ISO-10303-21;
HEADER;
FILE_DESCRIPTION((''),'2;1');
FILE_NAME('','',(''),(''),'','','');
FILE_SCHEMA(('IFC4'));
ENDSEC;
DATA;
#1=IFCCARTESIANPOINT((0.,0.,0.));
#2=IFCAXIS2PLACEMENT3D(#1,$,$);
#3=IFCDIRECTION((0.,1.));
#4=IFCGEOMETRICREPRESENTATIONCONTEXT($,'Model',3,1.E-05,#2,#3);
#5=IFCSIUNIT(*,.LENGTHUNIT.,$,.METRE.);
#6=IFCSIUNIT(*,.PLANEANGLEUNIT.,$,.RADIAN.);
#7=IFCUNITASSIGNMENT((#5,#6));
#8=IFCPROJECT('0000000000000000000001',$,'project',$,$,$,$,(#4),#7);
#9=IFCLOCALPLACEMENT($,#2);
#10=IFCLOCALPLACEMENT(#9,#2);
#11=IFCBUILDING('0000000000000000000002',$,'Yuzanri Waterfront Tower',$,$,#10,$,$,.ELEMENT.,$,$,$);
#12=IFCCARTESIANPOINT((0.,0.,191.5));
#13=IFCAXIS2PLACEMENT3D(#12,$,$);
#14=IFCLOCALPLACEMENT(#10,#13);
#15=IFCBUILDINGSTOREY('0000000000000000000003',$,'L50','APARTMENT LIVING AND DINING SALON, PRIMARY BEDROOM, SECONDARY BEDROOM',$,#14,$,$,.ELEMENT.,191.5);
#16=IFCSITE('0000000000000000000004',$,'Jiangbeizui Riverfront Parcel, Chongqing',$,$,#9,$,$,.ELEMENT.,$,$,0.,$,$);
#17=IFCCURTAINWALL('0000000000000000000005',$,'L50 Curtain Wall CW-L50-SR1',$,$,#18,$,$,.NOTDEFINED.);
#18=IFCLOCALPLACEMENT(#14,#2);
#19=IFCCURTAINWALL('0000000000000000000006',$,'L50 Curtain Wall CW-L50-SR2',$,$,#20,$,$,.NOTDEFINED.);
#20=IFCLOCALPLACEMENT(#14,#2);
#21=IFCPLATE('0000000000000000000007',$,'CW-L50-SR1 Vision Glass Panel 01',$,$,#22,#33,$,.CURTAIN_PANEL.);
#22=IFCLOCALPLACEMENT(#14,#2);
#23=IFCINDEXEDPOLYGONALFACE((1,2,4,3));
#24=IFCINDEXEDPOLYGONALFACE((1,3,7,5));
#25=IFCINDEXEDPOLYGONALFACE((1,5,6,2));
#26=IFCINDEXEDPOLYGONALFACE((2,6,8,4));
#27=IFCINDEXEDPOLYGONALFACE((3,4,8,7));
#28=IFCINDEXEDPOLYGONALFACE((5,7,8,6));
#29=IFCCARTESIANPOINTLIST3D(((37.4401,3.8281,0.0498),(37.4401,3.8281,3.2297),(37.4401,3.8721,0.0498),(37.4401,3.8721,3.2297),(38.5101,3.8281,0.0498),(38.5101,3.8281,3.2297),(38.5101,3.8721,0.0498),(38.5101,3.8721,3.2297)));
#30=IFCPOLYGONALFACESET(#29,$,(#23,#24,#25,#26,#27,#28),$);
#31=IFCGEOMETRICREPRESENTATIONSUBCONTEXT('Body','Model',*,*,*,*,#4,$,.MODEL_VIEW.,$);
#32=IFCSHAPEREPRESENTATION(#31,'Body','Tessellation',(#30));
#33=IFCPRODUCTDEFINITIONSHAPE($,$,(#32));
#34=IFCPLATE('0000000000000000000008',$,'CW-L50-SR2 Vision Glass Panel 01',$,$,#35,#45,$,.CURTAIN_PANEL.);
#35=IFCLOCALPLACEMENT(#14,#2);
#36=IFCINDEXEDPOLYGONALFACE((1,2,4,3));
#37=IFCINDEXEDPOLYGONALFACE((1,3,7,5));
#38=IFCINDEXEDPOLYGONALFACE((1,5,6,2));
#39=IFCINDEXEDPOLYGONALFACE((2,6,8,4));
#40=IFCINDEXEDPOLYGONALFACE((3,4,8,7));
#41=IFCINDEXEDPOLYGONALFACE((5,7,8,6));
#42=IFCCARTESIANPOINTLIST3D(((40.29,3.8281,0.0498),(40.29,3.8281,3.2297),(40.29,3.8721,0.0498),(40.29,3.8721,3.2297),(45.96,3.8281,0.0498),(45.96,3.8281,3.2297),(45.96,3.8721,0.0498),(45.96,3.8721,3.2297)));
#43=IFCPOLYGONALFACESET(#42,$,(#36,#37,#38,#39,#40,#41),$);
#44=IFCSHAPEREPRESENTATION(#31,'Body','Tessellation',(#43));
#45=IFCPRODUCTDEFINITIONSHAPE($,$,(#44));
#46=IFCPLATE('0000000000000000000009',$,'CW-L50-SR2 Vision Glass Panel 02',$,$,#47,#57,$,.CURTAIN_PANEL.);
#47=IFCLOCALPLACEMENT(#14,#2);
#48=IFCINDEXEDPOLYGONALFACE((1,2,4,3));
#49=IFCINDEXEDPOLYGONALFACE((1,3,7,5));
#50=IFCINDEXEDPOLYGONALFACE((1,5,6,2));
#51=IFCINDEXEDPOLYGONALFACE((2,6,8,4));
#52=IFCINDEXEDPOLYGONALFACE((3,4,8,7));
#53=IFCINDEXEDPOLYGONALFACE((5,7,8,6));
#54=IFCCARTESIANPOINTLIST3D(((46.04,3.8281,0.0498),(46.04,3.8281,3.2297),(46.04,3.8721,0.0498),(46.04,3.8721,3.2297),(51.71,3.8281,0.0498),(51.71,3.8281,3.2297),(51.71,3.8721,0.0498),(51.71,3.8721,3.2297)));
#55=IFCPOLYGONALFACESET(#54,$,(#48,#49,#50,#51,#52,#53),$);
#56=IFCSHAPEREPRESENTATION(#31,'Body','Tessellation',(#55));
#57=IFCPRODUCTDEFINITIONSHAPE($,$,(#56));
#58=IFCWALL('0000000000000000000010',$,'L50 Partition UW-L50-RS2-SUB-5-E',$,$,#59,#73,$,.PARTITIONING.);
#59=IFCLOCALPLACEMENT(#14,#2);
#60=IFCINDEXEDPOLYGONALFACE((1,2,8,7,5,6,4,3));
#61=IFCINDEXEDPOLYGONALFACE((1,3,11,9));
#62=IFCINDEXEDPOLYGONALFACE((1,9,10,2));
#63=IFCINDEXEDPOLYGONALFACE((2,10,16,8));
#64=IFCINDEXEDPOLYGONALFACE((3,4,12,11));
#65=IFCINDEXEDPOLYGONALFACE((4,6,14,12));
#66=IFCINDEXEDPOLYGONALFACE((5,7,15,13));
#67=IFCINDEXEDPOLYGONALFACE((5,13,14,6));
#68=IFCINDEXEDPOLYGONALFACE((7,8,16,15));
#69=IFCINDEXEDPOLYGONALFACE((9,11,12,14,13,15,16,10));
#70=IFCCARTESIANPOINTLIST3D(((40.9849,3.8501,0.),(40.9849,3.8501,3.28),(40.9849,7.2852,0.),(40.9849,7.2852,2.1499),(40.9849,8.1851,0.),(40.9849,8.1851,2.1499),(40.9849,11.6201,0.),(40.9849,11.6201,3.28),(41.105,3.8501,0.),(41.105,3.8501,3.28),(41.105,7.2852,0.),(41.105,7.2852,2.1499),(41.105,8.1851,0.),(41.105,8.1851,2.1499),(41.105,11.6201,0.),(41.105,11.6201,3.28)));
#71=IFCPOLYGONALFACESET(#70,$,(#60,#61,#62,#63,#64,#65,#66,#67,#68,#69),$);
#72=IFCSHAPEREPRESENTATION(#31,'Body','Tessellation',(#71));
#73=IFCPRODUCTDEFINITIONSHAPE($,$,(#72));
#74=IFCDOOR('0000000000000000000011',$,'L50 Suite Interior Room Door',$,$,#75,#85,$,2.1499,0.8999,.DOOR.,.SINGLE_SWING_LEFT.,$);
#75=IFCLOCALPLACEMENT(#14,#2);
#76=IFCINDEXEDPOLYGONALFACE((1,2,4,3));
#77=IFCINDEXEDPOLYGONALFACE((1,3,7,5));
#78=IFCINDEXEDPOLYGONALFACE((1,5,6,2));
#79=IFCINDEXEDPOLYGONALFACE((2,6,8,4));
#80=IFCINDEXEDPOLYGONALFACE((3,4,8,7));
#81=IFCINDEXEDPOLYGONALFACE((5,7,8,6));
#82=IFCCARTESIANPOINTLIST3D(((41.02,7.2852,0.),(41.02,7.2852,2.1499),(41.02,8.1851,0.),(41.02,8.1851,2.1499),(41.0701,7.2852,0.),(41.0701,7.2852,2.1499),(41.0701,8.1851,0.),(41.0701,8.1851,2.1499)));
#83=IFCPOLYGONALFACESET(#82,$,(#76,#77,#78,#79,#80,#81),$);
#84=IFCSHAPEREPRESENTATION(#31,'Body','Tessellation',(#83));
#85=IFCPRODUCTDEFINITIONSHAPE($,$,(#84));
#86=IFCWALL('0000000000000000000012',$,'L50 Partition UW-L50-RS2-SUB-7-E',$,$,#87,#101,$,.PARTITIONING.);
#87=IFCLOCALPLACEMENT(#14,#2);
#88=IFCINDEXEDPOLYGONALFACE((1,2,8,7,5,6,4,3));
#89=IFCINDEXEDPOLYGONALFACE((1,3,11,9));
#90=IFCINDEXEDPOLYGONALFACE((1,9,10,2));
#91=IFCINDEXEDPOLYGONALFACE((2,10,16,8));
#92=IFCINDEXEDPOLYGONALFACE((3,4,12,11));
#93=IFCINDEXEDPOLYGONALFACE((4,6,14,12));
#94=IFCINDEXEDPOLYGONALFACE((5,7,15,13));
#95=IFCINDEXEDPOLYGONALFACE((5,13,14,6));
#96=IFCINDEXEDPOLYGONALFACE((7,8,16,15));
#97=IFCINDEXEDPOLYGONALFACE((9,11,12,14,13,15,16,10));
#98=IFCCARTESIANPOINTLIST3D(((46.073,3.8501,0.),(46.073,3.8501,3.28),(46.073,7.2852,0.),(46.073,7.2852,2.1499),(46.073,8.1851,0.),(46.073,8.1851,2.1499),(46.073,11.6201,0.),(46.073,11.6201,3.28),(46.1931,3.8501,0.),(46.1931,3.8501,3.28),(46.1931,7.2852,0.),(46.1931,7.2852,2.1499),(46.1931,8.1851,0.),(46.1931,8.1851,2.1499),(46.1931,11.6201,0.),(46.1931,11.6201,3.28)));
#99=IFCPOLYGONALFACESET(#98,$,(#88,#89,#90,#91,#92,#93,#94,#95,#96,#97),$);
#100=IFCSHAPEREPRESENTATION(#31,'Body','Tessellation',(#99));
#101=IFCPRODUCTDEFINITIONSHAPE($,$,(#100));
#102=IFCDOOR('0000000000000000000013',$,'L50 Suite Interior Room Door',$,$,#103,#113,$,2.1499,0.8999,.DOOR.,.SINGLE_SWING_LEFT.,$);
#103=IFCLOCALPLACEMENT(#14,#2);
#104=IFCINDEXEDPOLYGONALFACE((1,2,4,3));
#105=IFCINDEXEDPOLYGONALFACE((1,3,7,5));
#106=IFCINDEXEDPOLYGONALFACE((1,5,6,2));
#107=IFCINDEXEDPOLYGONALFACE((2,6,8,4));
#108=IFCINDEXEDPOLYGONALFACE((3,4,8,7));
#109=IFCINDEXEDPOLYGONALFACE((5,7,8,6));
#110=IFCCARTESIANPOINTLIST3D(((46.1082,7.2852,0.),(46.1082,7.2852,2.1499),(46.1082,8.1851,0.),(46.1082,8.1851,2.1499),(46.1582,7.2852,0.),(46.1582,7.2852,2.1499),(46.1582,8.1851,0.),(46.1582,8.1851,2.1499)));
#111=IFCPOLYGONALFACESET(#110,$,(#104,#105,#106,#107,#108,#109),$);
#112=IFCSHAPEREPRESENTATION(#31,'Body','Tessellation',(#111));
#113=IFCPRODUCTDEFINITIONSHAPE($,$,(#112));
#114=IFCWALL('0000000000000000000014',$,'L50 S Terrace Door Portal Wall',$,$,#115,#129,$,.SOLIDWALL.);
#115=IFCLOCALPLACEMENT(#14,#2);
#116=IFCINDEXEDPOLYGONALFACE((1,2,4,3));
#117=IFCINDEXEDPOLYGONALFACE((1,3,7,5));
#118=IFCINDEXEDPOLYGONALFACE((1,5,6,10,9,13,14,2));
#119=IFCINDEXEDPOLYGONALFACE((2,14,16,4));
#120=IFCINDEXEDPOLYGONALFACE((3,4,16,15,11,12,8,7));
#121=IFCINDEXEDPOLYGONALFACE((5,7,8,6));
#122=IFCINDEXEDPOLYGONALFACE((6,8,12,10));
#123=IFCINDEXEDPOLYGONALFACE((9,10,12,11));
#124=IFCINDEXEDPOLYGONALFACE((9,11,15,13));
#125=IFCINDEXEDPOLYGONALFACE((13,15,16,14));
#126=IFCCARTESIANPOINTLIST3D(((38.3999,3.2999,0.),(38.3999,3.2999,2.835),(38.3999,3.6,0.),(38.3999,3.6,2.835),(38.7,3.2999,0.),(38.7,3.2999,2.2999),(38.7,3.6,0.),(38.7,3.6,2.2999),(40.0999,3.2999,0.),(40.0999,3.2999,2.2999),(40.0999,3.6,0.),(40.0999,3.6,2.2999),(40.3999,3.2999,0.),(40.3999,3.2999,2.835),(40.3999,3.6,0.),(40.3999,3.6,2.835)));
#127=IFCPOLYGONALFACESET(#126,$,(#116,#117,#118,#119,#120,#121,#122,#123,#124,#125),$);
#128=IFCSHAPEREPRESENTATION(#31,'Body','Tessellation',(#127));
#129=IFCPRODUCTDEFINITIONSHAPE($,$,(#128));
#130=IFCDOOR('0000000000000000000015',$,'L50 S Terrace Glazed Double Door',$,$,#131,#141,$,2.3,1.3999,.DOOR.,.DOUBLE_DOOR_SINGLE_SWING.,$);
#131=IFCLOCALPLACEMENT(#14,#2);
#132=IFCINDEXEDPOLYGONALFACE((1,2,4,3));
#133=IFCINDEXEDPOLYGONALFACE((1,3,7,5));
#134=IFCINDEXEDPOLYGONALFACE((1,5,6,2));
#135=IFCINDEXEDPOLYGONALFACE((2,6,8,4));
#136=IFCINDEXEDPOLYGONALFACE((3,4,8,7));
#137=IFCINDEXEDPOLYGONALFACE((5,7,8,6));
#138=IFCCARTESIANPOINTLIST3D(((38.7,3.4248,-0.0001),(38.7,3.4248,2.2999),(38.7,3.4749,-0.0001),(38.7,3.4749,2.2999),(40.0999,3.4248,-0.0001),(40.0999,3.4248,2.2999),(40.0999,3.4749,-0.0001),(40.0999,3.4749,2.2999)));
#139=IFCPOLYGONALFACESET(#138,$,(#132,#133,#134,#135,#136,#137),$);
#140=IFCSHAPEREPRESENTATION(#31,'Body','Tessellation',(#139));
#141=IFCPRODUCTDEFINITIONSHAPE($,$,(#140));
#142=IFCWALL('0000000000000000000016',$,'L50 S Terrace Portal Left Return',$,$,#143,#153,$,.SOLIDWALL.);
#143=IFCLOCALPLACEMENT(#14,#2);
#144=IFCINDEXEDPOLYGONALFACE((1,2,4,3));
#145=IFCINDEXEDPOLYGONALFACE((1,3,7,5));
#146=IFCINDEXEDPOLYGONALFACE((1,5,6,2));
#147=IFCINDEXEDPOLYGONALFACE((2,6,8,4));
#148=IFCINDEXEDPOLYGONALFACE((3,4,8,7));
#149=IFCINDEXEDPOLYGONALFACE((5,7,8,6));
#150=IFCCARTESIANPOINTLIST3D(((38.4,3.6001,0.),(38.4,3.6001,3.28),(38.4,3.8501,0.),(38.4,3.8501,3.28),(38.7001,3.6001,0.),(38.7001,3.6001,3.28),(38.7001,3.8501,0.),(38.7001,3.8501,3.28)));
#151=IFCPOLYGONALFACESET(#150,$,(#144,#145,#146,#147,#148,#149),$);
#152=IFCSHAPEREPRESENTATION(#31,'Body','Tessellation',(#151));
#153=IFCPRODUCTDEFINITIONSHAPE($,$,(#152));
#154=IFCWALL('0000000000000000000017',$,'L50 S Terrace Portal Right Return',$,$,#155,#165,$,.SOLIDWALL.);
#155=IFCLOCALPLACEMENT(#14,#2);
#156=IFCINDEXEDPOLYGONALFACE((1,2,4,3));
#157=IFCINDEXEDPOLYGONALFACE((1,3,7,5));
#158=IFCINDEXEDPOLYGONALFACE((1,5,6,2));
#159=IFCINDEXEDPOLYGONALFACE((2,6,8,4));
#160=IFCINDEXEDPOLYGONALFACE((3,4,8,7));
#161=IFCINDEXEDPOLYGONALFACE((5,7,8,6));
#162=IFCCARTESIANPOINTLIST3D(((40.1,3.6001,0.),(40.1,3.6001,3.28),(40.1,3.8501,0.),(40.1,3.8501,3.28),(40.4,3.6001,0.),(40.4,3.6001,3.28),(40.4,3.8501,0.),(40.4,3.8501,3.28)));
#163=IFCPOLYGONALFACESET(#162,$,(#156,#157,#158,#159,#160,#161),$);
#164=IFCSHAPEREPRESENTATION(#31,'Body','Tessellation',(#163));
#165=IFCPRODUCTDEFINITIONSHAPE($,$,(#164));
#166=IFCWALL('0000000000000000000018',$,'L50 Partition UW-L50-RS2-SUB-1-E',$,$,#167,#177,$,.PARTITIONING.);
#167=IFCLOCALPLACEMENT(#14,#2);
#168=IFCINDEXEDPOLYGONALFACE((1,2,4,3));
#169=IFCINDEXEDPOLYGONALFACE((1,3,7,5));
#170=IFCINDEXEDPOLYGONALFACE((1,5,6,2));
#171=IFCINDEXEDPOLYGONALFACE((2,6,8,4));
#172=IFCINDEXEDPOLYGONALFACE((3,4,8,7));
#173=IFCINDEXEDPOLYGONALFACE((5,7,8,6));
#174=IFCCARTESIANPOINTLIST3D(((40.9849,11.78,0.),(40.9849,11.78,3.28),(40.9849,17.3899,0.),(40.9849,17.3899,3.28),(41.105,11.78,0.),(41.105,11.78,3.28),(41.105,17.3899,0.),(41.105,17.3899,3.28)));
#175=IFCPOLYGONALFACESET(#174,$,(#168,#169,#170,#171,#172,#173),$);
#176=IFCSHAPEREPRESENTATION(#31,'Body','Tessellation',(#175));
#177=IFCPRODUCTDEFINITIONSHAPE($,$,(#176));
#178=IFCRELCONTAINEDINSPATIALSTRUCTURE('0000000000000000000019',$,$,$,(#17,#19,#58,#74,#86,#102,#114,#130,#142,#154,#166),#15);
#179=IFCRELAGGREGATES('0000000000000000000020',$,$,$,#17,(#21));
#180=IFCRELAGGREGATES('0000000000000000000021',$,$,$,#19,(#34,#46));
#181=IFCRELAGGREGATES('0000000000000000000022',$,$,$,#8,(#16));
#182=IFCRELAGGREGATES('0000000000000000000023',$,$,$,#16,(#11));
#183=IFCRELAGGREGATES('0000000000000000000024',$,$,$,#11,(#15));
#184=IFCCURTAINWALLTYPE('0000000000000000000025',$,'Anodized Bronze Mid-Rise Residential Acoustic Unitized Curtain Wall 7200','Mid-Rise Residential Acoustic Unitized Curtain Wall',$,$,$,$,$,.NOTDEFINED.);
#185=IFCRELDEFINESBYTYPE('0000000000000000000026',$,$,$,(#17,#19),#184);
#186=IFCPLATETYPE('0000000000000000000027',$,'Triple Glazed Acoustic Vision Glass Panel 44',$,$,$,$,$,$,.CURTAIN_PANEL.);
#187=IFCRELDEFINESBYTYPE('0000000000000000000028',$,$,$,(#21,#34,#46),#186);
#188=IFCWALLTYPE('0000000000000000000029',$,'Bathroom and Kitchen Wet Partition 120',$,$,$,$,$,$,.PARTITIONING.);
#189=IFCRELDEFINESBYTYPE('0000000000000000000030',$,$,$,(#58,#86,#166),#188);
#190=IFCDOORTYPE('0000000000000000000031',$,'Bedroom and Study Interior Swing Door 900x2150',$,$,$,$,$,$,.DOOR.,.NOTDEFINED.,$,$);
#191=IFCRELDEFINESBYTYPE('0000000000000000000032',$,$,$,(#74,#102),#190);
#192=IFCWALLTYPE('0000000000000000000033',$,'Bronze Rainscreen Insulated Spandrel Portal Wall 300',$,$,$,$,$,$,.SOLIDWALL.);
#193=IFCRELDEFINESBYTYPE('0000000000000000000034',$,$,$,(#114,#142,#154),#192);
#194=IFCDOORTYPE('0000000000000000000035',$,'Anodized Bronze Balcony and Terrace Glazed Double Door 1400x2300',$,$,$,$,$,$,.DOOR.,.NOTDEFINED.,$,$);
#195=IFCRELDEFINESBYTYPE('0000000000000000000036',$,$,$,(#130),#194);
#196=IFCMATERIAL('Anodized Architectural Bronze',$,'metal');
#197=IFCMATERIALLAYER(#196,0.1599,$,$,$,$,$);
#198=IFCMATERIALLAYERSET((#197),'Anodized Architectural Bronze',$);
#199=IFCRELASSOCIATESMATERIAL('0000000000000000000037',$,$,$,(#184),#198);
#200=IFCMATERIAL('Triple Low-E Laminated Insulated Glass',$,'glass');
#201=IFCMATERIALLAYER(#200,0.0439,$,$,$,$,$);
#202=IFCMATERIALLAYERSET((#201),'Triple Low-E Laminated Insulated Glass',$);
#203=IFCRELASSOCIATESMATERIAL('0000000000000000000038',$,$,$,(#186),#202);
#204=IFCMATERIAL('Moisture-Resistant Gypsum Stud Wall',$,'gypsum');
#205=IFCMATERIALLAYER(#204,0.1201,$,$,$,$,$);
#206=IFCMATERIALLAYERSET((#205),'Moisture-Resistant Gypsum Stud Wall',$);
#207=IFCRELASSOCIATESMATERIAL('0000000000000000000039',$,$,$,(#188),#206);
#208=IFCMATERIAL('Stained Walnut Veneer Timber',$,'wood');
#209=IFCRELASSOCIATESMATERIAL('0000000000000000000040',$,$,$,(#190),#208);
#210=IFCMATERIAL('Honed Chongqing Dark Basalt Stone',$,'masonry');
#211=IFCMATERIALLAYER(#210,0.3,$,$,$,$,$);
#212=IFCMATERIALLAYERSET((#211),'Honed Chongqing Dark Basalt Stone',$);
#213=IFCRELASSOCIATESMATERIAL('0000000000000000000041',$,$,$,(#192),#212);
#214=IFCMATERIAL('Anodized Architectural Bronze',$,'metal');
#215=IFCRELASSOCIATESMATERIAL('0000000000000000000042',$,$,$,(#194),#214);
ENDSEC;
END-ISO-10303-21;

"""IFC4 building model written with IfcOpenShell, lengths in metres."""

from ifc_helpers import new_model, si_unit, direction, frame, frame_2d, origin, origin_2d, place, context, subcontext, project, spatial, rectangle, extrude, source, transform, mapped, material, layer, layer_set, type_object, element, fill, aggregate, save


model = new_model("IFC4")

# Units and contexts
model_context = context("Model", 3, precision=1e-05, world=origin(), true_north=direction((0.0, 1.0)))
body_context = subcontext(model_context, "Body", "Model", "MODEL_VIEW")
ifc_project = project(units=[si_unit("LENGTHUNIT", "METRE"), si_unit("PLANEANGLEUNIT", "RADIAN")], contexts=[model_context])

# Site, building, storey
site_placement = place(None, origin())
site = spatial("IfcSite", under=ifc_project, at=site_placement, Name="Jiangbeizui Riverfront Parcel, Chongqing", CompositionType="ELEMENT", RefElevation=0.0)
building_placement = place(site_placement, origin())
building = spatial("IfcBuilding", under=site, at=building_placement, Name="Yuzanri Waterfront Tower", CompositionType="ELEMENT")
storey_placement = place(building_placement, frame((0.0, 0.0, 191.5)))
storey = spatial("IfcBuildingStorey", under=building, at=storey_placement, Name="L50", Description="APARTMENT LIVING AND DINING SALON, PRIMARY BEDROOM, SECONDARY BEDROOM", CompositionType="ELEMENT", Elevation=191.5)

# Curtain walls
ifc_material_1 = material(Name="Anodized Architectural Bronze", Category="metal")
ifc_layer_1 = layer(ifc_material_1, 0.1599)
ifc_layer_set_1 = layer_set([ifc_layer_1], Name="Anodized Architectural Bronze")
curtain_wall_type = type_object("IfcCurtainWallType", Name="Anodized Bronze Mid-Rise Residential Acoustic Unitized Curtain Wall 7200", Description="Mid-Rise Residential Acoustic Unitized Curtain Wall", PredefinedType="NOTDEFINED", material=ifc_layer_set_1)
curtain_wall_1_placement = place(storey_placement, origin())
curtain_wall_1 = element("IfcCurtainWall", 1, at=curtain_wall_1_placement, inside=storey, type_object=curtain_wall_type, Name="L50 Curtain Wall CW-L50-SR1", PredefinedType="NOTDEFINED")
curtain_wall_2_placement = place(storey_placement, origin())
curtain_wall_2 = element("IfcCurtainWall", 2, at=curtain_wall_2_placement, inside=storey, type_object=curtain_wall_type, Name="L50 Curtain Wall CW-L50-SR2", PredefinedType="NOTDEFINED")

# Plates
ifc_material_2 = material(Name="Triple Low-E Laminated Insulated Glass", Category="glass")
ifc_layer_2 = layer(ifc_material_2, 0.0439)
ifc_layer_set_2 = layer_set([ifc_layer_2], Name="Triple Low-E Laminated Insulated Glass")
plate_type = type_object("IfcPlateType", Name="Triple Glazed Acoustic Vision Glass Panel 44", PredefinedType="CURTAIN_PANEL", material=ifc_layer_set_2)
shared_shape_1 = source(origin(), body_context, "Body", "SweptSolid", [
    extrude(rectangle(XDim=1.0701, YDim=0.0439, at=origin_2d()), origin(), (0.0, 0.0, 1.0), 3.1799),
])
plate_1_placement = place(storey_placement, frame((37.9751, 3.8501, 0.0498), z_axis=(0.0, 0.0, 1.0), x_axis=(1.0, 0.0, 0.0)))
plate_1 = element("IfcPlate", 3, at=plate_1_placement, type_object=plate_type, Name="CW-L50-SR1 Vision Glass Panel 01", PredefinedType="CURTAIN_PANEL", context=body_context, shape_type="MappedRepresentation", body=[
    mapped(shared_shape_1, transform((0.0, 0.0, 0.0), scale=1.0)),
])
aggregate(curtain_wall_1, [plate_1])
shared_shape_2 = source(origin(), body_context, "Body", "SweptSolid", [
    extrude(rectangle(XDim=5.6699, YDim=0.0439, at=origin_2d()), origin(), (0.0, 0.0, 1.0), 3.1799),
])
plate_2_placement = place(storey_placement, frame((43.125, 3.8501, 0.0498), z_axis=(0.0, 0.0, 1.0), x_axis=(1.0, 0.0, 0.0)))
plate_2 = element("IfcPlate", 4, at=plate_2_placement, type_object=plate_type, Name="CW-L50-SR2 Vision Glass Panel 01", PredefinedType="CURTAIN_PANEL", context=body_context, shape_type="MappedRepresentation", body=[
    mapped(shared_shape_2, transform((0.0, 0.0, 0.0), scale=1.0)),
])
plate_3_placement = place(storey_placement, frame((48.875, 3.8501, 0.0498), z_axis=(0.0, 0.0, 1.0), x_axis=(1.0, 0.0, 0.0)))
plate_3 = element("IfcPlate", 5, at=plate_3_placement, type_object=plate_type, Name="CW-L50-SR2 Vision Glass Panel 02", PredefinedType="CURTAIN_PANEL", context=body_context, shape_type="MappedRepresentation", body=[
    mapped(shared_shape_2, transform((0.0, 0.0, 0.0), scale=1.0)),
])
aggregate(curtain_wall_2, [plate_2, plate_3])

# Walls, openings, doors
ifc_material_3 = material(Name="Moisture-Resistant Gypsum Stud Wall", Category="gypsum")
ifc_layer_3 = layer(ifc_material_3, 0.1201)
ifc_layer_set_3 = layer_set([ifc_layer_3], Name="Moisture-Resistant Gypsum Stud Wall")
wall_type_1 = type_object("IfcWallType", Name="Bathroom and Kitchen Wet Partition 120", PredefinedType="PARTITIONING", material=ifc_layer_set_3)
wall_1_placement = place(storey_placement, frame((41.0449, 3.8501, 0.0), z_axis=(0.0, 0.0, 1.0), x_axis=(0.0, 1.0, 0.0)))
wall_1 = element("IfcWall", 6, at=wall_1_placement, inside=storey, type_object=wall_type_1, Name="L50 Partition UW-L50-RS2-SUB-5-E", PredefinedType="PARTITIONING", context=body_context, shape_type="SweptSolid", body=[
    extrude(rectangle(XDim=7.77, YDim=0.1201, at=frame_2d((3.885, 0.0))), origin(), (0.0, 0.0, 1.0), 3.28),
])
opening_1_placement = place(wall_1_placement, frame((3.4351, 0.0, 0.0)))
opening_1 = element("IfcOpeningElement", 7, at=opening_1_placement, cuts=wall_1, PredefinedType="OPENING", context=body_context, shape_type="SweptSolid", body=[
    extrude(rectangle(XDim=0.8999, YDim=2.1499, at=frame_2d((0.45, 1.075))), frame((0.0, 0.075, 0.0), z_axis=(0.0, -1.0, 0.0), x_axis=(1.0, 0.0, 0.0)), (0.0, 0.0, 1.0), 0.1499),
])
ifc_material_4 = material(Name="Stained Walnut Veneer Timber", Category="wood")
door_type_1 = type_object("IfcDoorType", Name="Bedroom and Study Interior Swing Door 900x2150", OperationType="NOTDEFINED", PredefinedType="DOOR", material=ifc_material_4)
shared_shape_3 = source(origin(), body_context, "Body", "SweptSolid", [
    extrude(rectangle(XDim=0.8999, YDim=2.1499, at=frame_2d((0.45, 1.075))), frame((0.0, 0.0249, 0.0), z_axis=(0.0, -1.0, 0.0), x_axis=(1.0, 0.0, 0.0)), (0.0, 0.0, 1.0), 0.05),
])
door_1_placement = place(opening_1_placement, origin())
door_1 = element("IfcDoor", 8, at=door_1_placement, inside=storey, type_object=door_type_1, Name="L50 Suite Interior Room Door", OperationType="SINGLE_SWING_LEFT", OverallHeight=2.1499, OverallWidth=0.8999, PredefinedType="DOOR", context=body_context, shape_type="MappedRepresentation", body=[
    mapped(shared_shape_3, transform((0.0, 0.0, 0.0), scale=1.0)),
])
fill(opening_1, door_1)
wall_2_placement = place(storey_placement, frame((46.1331, 3.8501, 0.0), z_axis=(0.0, 0.0, 1.0), x_axis=(0.0, 1.0, 0.0)))
wall_2 = element("IfcWall", 9, at=wall_2_placement, inside=storey, type_object=wall_type_1, Name="L50 Partition UW-L50-RS2-SUB-7-E", PredefinedType="PARTITIONING", context=body_context, shape_type="SweptSolid", body=[
    extrude(rectangle(XDim=7.77, YDim=0.1201, at=frame_2d((3.885, 0.0))), origin(), (0.0, 0.0, 1.0), 3.28),
])
opening_2_placement = place(wall_2_placement, frame((3.4351, 0.0, 0.0)))
opening_2 = element("IfcOpeningElement", 10, at=opening_2_placement, cuts=wall_2, PredefinedType="OPENING", context=body_context, shape_type="SweptSolid", body=[
    extrude(rectangle(XDim=0.8999, YDim=2.1499, at=frame_2d((0.45, 1.075))), frame((0.0, 0.075, 0.0), z_axis=(0.0, -1.0, 0.0), x_axis=(1.0, 0.0, 0.0)), (0.0, 0.0, 1.0), 0.1499),
])
door_2_placement = place(opening_2_placement, origin())
door_2 = element("IfcDoor", 11, at=door_2_placement, inside=storey, type_object=door_type_1, Name="L50 Suite Interior Room Door", OperationType="SINGLE_SWING_LEFT", OverallHeight=2.1499, OverallWidth=0.8999, PredefinedType="DOOR", context=body_context, shape_type="MappedRepresentation", body=[
    mapped(shared_shape_3, transform((0.0, 0.0, 0.0), scale=1.0)),
])
fill(opening_2, door_2)
ifc_material_5 = material(Name="Honed Chongqing Dark Basalt Stone", Category="masonry")
ifc_layer_4 = layer(ifc_material_5, 0.3)
ifc_layer_set_4 = layer_set([ifc_layer_4], Name="Honed Chongqing Dark Basalt Stone")
wall_type_2 = type_object("IfcWallType", Name="Bronze Rainscreen Insulated Spandrel Portal Wall 300", PredefinedType="SOLIDWALL", material=ifc_layer_set_4)
wall_3_placement = place(storey_placement, frame((38.3999, 3.45, 0.0), z_axis=(0.0, 0.0, 1.0), x_axis=(1.0, 0.0, 0.0)))
wall_3 = element("IfcWall", 12, at=wall_3_placement, inside=storey, type_object=wall_type_2, Name="L50 S Terrace Door Portal Wall", PredefinedType="SOLIDWALL", context=body_context, shape_type="SweptSolid", body=[
    extrude(rectangle(XDim=2.0, YDim=0.3, at=frame_2d((1.0, 0.0))), origin(), (0.0, 0.0, 1.0), 2.835),
])
opening_3_placement = place(wall_3_placement, frame((0.3, 0.0, 0.0)))
opening_3 = element("IfcOpeningElement", 13, at=opening_3_placement, cuts=wall_3, PredefinedType="OPENING", context=body_context, shape_type="SweptSolid", body=[
    extrude(rectangle(XDim=1.3999, YDim=2.3, at=frame_2d((0.7, 1.1499))), frame((0.0, 0.165, 0.0), z_axis=(0.0, -1.0, 0.0), x_axis=(1.0, 0.0, 0.0)), (0.0, 0.0, 1.0), 0.3298),
])
ifc_material_6 = material(Name="Anodized Architectural Bronze", Category="metal")
door_type_2 = type_object("IfcDoorType", Name="Anodized Bronze Balcony and Terrace Glazed Double Door 1400x2300", OperationType="NOTDEFINED", PredefinedType="DOOR", material=ifc_material_6)
shared_shape_4 = source(origin(), body_context, "Body", "SweptSolid", [
    extrude(rectangle(XDim=1.3999, YDim=2.3, at=frame_2d((0.7, 1.1499))), frame((0.0, 0.0249, 0.0), z_axis=(0.0, -1.0, 0.0), x_axis=(1.0, 0.0, 0.0)), (0.0, 0.0, 1.0), 0.05),
])
door_3_placement = place(opening_3_placement, origin())
door_3 = element("IfcDoor", 14, at=door_3_placement, inside=storey, type_object=door_type_2, Name="L50 S Terrace Glazed Double Door", OperationType="DOUBLE_DOOR_SINGLE_SWING", OverallHeight=2.3, OverallWidth=1.3999, PredefinedType="DOOR", context=body_context, shape_type="MappedRepresentation", body=[
    mapped(shared_shape_4, transform((0.0, 0.0, 0.0), scale=1.0)),
])
fill(opening_3, door_3)

# Walls
shared_shape_5 = source(origin(), body_context, "Body", "SweptSolid", [
    extrude(rectangle(XDim=0.25, YDim=0.3, at=frame_2d((0.125, 0.0))), origin(), (0.0, 0.0, 1.0), 3.28),
])
for number, where, z_axis, x_axis, name in (
    (15, (38.55, 3.8501, 0.0), (0.0, 0.0, 1.0), (0.0, -1.0, 0.0), "L50 S Terrace Portal Left Return"),
    (16, (40.25, 3.6001, 0.0), (0.0, 0.0, 1.0), (0.0, 1.0, 0.0), "L50 S Terrace Portal Right Return"),
):
    element("IfcWall", number, at=place(storey_placement, frame(where, z_axis=z_axis, x_axis=x_axis)), inside=storey, type_object=wall_type_2, Name=name, PredefinedType="SOLIDWALL", context=body_context, shape_type="MappedRepresentation", body=[
        mapped(shared_shape_5, transform((0.0, 0.0, 0.0), scale=1.0)),
    ])
shared_shape_6 = source(origin(), body_context, "Body", "SweptSolid", [
    extrude(rectangle(XDim=5.6099, YDim=0.1201, at=frame_2d((2.8049, 0.0))), origin(), (0.0, 0.0, 1.0), 3.28),
])
wall_4_placement = place(storey_placement, frame((41.0449, 11.78, 0.0), z_axis=(0.0, 0.0, 1.0), x_axis=(0.0, 1.0, 0.0)))
element("IfcWall", 17, at=wall_4_placement, inside=storey, type_object=wall_type_1, Name="L50 Partition UW-L50-RS2-SUB-1-E", PredefinedType="PARTITIONING", context=body_context, shape_type="MappedRepresentation", body=[
    mapped(shared_shape_6, transform((0.0, 0.0, 0.0), scale=1.0)),
])

save(model, "model.ifc")
